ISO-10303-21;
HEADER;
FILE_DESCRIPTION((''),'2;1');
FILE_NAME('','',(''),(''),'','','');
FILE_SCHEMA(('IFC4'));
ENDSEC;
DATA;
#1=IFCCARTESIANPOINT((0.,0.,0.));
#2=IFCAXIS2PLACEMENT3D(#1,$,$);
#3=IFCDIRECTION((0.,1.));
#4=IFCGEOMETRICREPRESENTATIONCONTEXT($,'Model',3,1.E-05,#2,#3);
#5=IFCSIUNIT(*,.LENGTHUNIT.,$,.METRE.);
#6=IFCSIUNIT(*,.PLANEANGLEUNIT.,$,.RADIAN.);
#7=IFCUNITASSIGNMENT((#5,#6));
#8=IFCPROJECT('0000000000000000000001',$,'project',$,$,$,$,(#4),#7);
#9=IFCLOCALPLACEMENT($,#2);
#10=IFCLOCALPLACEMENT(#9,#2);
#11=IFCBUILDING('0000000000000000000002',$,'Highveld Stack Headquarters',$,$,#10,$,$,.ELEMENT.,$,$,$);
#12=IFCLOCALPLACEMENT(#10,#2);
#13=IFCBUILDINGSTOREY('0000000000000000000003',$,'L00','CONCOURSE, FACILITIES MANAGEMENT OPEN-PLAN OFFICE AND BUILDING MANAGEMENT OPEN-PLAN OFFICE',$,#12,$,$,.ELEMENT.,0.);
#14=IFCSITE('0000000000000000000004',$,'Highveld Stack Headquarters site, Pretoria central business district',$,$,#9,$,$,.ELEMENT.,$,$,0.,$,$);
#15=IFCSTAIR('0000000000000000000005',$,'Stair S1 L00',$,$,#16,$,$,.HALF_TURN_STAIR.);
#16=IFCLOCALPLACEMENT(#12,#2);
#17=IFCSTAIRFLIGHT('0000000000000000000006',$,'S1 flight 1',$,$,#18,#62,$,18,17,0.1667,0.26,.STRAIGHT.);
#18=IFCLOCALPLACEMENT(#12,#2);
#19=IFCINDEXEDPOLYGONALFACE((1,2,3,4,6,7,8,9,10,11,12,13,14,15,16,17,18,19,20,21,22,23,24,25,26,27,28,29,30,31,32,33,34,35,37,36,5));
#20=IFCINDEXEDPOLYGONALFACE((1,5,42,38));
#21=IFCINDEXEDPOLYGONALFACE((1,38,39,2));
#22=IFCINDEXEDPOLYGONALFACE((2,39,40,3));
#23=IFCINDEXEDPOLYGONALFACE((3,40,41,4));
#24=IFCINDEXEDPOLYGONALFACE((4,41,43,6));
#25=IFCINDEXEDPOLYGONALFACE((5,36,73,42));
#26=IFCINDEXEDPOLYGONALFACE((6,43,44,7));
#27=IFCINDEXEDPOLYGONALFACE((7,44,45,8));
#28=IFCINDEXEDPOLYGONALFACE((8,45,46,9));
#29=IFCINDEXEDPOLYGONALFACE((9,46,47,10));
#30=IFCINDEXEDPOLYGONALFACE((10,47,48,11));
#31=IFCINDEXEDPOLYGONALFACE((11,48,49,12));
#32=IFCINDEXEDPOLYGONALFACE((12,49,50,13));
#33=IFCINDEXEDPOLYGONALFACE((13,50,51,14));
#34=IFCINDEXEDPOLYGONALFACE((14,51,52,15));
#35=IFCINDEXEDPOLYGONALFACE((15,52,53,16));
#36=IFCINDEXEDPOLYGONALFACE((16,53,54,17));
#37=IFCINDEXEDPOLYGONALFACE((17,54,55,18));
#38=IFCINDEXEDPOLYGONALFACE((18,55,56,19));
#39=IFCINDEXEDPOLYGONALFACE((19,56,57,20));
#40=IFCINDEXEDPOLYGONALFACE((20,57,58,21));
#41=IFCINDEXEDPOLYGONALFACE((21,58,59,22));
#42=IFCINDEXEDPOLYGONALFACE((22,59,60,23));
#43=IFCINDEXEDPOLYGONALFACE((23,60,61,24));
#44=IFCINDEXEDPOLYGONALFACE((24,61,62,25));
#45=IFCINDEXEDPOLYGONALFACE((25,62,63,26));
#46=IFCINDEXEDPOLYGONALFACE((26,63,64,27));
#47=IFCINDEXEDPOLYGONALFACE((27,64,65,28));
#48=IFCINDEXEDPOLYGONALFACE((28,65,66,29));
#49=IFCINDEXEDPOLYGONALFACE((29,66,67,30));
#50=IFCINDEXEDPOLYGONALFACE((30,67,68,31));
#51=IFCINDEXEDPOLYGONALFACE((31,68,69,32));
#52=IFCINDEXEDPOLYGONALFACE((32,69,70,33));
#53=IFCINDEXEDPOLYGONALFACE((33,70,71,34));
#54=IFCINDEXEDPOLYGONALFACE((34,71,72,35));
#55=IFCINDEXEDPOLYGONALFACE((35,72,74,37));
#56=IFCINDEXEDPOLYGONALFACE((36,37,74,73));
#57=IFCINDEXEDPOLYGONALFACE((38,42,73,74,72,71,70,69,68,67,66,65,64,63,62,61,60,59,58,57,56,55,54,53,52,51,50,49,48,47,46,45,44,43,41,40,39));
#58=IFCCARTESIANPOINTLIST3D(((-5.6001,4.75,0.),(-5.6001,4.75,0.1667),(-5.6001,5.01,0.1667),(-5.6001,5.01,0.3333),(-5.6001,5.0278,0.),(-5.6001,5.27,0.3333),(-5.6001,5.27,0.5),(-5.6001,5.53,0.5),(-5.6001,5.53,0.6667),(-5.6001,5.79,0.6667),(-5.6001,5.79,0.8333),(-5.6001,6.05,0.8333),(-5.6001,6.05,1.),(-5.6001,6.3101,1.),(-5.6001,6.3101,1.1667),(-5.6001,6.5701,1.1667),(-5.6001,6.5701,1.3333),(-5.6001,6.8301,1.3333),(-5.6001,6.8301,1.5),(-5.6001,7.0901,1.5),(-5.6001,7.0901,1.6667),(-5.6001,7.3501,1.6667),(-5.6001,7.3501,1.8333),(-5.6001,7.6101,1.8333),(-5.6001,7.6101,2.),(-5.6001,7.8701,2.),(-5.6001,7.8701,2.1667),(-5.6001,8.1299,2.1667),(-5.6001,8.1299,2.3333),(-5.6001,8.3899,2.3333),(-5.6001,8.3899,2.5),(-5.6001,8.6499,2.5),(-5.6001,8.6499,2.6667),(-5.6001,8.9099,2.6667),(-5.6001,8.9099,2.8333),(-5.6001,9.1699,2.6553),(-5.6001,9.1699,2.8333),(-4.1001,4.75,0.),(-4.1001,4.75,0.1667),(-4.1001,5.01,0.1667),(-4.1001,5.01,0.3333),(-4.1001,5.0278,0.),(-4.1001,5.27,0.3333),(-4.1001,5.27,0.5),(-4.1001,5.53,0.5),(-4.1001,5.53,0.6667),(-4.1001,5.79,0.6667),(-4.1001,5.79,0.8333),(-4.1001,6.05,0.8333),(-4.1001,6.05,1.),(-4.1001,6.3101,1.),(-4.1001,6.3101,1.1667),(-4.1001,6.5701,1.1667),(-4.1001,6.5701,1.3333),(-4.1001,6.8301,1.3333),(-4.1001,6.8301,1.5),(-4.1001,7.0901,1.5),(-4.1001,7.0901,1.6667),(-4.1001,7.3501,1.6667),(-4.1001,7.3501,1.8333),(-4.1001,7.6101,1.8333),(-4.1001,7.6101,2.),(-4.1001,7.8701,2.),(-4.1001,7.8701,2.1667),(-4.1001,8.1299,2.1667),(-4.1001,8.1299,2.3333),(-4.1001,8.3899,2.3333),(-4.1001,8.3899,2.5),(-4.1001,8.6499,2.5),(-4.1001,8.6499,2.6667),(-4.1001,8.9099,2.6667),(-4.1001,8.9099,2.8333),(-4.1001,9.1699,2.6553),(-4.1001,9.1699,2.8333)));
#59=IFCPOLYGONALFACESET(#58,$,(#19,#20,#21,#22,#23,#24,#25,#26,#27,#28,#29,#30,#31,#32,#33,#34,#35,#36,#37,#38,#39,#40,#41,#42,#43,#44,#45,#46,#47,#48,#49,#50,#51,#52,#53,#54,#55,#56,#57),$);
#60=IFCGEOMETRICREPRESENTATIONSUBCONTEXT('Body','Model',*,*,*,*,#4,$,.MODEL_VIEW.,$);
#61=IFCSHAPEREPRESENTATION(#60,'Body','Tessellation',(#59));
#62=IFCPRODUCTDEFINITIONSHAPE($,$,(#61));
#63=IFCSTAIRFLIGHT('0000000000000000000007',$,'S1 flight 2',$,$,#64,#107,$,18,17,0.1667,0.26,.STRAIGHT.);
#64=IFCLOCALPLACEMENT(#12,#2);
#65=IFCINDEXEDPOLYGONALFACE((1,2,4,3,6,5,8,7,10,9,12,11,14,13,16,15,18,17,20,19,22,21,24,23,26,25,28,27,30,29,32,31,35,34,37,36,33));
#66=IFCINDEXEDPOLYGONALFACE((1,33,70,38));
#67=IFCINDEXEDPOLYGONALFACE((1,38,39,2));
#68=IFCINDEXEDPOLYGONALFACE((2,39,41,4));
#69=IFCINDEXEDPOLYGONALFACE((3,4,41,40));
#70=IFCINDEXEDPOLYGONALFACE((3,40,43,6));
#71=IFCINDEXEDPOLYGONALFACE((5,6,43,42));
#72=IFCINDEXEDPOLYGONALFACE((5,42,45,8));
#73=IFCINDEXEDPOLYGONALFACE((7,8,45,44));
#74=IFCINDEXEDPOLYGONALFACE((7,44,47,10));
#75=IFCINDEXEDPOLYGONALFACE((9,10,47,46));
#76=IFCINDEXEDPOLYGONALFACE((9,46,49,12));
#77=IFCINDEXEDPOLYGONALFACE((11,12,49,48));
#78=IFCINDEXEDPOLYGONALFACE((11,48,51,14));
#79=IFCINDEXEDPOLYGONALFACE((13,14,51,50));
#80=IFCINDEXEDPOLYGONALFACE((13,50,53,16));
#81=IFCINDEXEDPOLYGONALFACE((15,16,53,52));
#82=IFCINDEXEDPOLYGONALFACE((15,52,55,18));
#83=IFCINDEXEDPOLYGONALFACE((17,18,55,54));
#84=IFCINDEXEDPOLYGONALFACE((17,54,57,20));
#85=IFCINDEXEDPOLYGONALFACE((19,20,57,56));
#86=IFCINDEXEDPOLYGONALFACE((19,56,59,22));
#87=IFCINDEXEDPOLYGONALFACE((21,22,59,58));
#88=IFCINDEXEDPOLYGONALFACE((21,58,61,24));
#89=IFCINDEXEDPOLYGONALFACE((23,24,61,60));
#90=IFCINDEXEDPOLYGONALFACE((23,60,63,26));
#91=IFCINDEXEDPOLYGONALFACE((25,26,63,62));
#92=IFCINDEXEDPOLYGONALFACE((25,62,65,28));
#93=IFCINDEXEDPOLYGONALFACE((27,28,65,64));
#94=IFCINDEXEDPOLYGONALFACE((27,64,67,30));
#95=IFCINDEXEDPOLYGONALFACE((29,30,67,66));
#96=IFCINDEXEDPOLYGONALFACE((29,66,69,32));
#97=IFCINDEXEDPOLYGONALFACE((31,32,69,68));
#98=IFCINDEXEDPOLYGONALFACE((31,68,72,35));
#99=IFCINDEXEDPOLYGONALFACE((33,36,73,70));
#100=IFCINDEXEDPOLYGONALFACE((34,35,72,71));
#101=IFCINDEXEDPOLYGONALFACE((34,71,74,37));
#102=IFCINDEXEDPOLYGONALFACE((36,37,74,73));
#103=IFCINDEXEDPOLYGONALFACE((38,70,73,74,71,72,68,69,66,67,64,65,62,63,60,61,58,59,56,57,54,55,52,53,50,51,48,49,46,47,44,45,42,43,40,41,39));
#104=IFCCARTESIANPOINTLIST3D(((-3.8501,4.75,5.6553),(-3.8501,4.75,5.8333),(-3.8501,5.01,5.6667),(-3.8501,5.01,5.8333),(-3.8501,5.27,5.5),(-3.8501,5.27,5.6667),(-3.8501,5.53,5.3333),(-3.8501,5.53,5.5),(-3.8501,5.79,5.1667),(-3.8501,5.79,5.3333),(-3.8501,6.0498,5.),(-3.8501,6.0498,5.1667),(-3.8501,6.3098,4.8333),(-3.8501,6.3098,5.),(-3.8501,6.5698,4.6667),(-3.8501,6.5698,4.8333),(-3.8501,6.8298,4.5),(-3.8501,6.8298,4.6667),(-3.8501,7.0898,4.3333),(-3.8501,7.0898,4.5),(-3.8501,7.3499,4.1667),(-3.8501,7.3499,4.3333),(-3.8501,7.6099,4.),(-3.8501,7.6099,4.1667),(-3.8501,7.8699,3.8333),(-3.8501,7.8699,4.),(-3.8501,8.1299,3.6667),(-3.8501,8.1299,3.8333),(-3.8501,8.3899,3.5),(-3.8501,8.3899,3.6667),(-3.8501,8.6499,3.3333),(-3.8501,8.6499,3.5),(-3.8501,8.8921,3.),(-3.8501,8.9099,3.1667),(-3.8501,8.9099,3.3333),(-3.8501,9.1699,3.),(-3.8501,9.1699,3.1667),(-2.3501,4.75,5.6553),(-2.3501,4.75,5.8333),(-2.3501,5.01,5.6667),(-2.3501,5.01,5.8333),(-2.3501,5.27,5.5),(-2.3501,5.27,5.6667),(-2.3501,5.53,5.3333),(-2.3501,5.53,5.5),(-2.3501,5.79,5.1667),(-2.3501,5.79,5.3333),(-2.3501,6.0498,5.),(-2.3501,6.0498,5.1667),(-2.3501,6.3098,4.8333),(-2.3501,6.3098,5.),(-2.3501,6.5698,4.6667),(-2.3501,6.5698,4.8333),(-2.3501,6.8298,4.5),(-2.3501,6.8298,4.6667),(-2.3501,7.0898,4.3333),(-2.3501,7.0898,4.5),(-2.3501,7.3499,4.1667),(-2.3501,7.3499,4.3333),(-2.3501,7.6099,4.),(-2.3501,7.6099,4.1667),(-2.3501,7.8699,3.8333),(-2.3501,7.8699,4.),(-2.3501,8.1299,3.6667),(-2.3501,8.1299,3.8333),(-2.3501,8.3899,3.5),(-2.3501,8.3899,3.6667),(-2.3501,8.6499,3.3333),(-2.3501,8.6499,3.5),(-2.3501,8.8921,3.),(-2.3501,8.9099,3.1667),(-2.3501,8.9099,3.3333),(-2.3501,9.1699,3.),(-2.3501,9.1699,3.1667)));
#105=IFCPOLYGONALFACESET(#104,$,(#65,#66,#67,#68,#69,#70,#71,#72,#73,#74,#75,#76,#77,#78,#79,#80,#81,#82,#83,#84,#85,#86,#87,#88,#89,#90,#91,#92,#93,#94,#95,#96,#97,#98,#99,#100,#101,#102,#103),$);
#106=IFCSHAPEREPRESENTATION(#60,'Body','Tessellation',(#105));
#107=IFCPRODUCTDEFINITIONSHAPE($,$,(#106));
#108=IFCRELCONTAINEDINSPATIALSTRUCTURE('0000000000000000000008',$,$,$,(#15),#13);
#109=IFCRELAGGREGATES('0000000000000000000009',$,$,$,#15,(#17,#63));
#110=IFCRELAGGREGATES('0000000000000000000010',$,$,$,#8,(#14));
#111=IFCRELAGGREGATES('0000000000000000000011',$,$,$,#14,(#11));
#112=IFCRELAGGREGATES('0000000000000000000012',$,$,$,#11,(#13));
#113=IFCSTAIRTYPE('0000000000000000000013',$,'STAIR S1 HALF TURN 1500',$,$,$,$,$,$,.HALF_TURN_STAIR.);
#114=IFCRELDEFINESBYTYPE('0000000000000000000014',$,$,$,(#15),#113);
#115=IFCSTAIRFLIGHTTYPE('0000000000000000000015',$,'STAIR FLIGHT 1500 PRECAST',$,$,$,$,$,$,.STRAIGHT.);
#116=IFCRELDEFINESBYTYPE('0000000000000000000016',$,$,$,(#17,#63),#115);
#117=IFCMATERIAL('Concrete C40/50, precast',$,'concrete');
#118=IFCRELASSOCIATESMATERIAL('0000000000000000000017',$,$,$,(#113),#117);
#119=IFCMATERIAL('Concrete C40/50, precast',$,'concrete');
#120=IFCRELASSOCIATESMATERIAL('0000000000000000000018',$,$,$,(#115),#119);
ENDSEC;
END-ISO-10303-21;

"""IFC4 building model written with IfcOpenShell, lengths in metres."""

from ifc_helpers import new_model, si_unit, direction, frame, origin, place, context, subcontext, project, spatial, polyline, outline, extrude, material, type_object, element, aggregate, save


model = new_model("IFC4")

# Units and contexts
model_context = context("Model", 3, precision=1e-05, world=origin(), true_north=direction((0.0, 1.0)))
body_context = subcontext(model_context, "Body", "Model", "MODEL_VIEW")
ifc_project = project(units=[si_unit("LENGTHUNIT", "METRE"), si_unit("PLANEANGLEUNIT", "RADIAN")], contexts=[model_context])

# Site, building, storey
site_placement = place(None, origin())
site = spatial("IfcSite", under=ifc_project, at=site_placement, Name="Highveld Stack Headquarters site, Pretoria central business district", CompositionType="ELEMENT", RefElevation=0.0)
building_placement = place(site_placement, origin())
building = spatial("IfcBuilding", under=site, at=building_placement, Name="Highveld Stack Headquarters", CompositionType="ELEMENT")
storey_placement = place(building_placement, origin())
storey = spatial("IfcBuildingStorey", under=building, at=storey_placement, Name="L00", Description="CONCOURSE, FACILITIES MANAGEMENT OPEN-PLAN OFFICE AND BUILDING MANAGEMENT OPEN-PLAN OFFICE", CompositionType="ELEMENT", Elevation=0.0)

# Stair, stair flights
ifc_material_1 = material(Name="Concrete C40/50, precast", Category="concrete")
stair_type = type_object("IfcStairType", Name="STAIR S1 HALF TURN 1500", PredefinedType="HALF_TURN_STAIR", material=ifc_material_1)
stair_placement = place(storey_placement, origin())
stair = element("IfcStair", 1, at=stair_placement, inside=storey, type_object=stair_type, Name="Stair S1 L00", PredefinedType="HALF_TURN_STAIR")
ifc_material_2 = material(Name="Concrete C40/50, precast", Category="concrete")
stair_flight_type = type_object("IfcStairFlightType", Name="STAIR FLIGHT 1500 PRECAST", PredefinedType="STRAIGHT", material=ifc_material_2)
stair_flight_1_placement = place(storey_placement, frame((-4.8501, 4.75, 0.0), z_axis=(0.0, 0.0, 1.0), x_axis=(0.0, 1.0, 0.0)))
stair_flight_1 = element("IfcStairFlight", 2, at=stair_flight_1_placement, type_object=stair_flight_type, Name="S1 flight 1", NumberOfRisers=18, NumberOfTreads=17, PredefinedType="STRAIGHT", RiserHeight=0.1667, TreadLength=0.26, context=body_context, shape_type="SweptSolid", body=[
    extrude(outline(polyline([(0.0, 0.0), (0.0, 0.1667), (0.26, 0.1667), (0.26, 0.3333), (0.52, 0.3333), (0.52, 0.5), (0.78, 0.5), (0.78, 0.6667), (1.04, 0.6667), (1.04, 0.8333), (1.3, 0.8333), (1.3, 1.0), (1.5601, 1.0), (1.5601, 1.1667), (1.8201, 1.1667), (1.8201, 1.3333), (2.0801, 1.3333), (2.0801, 1.5), (2.3401, 1.5), (2.3401, 1.6667), (2.6001, 1.6667), (2.6001, 1.8333), (2.8601, 1.8333), (2.8601, 2.0), (3.1201, 2.0), (3.1201, 2.1667), (3.3799, 2.1667), (3.3799, 2.3333), (3.6399, 2.3333), (3.6399, 2.5), (3.8999, 2.5), (3.8999, 2.6667), (4.1599, 2.6667), (4.1599, 2.8333), (4.4199, 2.8333), (4.4199, 3.0), (4.4199, 2.6553), (0.2778, 0.0), (0.0, 0.0)])), frame((0.0, 0.75, 0.0), z_axis=(0.0, -1.0, 0.0), x_axis=(1.0, 0.0, 0.0)), (0.0, 0.0, 1.0), 1.5),
])
stair_flight_2_placement = place(storey_placement, frame((-3.1001, 9.1699, 3.0), z_axis=(0.0, 0.0, 1.0), x_axis=(0.0, -1.0, 0.0)))
stair_flight_2 = element("IfcStairFlight", 3, at=stair_flight_2_placement, type_object=stair_flight_type, Name="S1 flight 2", NumberOfRisers=18, NumberOfTreads=17, PredefinedType="STRAIGHT", RiserHeight=0.1667, TreadLength=0.26, context=body_context, shape_type="SweptSolid", body=[
    extrude(outline(polyline([(0.0, 0.0), (0.0, 0.1667), (0.26, 0.1667), (0.26, 0.3333), (0.52, 0.3333), (0.52, 0.5), (0.78, 0.5), (0.78, 0.6667), (1.04, 0.6667), (1.04, 0.8333), (1.3, 0.8333), (1.3, 1.0), (1.5601, 1.0), (1.5601, 1.1667), (1.8201, 1.1667), (1.8201, 1.3333), (2.0801, 1.3333), (2.0801, 1.5), (2.3401, 1.5), (2.3401, 1.6667), (2.6001, 1.6667), (2.6001, 1.8333), (2.8601, 1.8333), (2.8601, 2.0), (3.1201, 2.0), (3.1201, 2.1667), (3.3799, 2.1667), (3.3799, 2.3333), (3.6399, 2.3333), (3.6399, 2.5), (3.8999, 2.5), (3.8999, 2.6667), (4.1599, 2.6667), (4.1599, 2.8333), (4.4199, 2.8333), (4.4199, 3.0), (4.4199, 2.6553), (0.2778, 0.0), (0.0, 0.0)])), frame((0.0, 0.75, 0.0), z_axis=(0.0, -1.0, 0.0), x_axis=(1.0, 0.0, 0.0)), (0.0, 0.0, 1.0), 1.5),
])
aggregate(stair, [stair_flight_1, stair_flight_2])

save(model, "model.ifc")
